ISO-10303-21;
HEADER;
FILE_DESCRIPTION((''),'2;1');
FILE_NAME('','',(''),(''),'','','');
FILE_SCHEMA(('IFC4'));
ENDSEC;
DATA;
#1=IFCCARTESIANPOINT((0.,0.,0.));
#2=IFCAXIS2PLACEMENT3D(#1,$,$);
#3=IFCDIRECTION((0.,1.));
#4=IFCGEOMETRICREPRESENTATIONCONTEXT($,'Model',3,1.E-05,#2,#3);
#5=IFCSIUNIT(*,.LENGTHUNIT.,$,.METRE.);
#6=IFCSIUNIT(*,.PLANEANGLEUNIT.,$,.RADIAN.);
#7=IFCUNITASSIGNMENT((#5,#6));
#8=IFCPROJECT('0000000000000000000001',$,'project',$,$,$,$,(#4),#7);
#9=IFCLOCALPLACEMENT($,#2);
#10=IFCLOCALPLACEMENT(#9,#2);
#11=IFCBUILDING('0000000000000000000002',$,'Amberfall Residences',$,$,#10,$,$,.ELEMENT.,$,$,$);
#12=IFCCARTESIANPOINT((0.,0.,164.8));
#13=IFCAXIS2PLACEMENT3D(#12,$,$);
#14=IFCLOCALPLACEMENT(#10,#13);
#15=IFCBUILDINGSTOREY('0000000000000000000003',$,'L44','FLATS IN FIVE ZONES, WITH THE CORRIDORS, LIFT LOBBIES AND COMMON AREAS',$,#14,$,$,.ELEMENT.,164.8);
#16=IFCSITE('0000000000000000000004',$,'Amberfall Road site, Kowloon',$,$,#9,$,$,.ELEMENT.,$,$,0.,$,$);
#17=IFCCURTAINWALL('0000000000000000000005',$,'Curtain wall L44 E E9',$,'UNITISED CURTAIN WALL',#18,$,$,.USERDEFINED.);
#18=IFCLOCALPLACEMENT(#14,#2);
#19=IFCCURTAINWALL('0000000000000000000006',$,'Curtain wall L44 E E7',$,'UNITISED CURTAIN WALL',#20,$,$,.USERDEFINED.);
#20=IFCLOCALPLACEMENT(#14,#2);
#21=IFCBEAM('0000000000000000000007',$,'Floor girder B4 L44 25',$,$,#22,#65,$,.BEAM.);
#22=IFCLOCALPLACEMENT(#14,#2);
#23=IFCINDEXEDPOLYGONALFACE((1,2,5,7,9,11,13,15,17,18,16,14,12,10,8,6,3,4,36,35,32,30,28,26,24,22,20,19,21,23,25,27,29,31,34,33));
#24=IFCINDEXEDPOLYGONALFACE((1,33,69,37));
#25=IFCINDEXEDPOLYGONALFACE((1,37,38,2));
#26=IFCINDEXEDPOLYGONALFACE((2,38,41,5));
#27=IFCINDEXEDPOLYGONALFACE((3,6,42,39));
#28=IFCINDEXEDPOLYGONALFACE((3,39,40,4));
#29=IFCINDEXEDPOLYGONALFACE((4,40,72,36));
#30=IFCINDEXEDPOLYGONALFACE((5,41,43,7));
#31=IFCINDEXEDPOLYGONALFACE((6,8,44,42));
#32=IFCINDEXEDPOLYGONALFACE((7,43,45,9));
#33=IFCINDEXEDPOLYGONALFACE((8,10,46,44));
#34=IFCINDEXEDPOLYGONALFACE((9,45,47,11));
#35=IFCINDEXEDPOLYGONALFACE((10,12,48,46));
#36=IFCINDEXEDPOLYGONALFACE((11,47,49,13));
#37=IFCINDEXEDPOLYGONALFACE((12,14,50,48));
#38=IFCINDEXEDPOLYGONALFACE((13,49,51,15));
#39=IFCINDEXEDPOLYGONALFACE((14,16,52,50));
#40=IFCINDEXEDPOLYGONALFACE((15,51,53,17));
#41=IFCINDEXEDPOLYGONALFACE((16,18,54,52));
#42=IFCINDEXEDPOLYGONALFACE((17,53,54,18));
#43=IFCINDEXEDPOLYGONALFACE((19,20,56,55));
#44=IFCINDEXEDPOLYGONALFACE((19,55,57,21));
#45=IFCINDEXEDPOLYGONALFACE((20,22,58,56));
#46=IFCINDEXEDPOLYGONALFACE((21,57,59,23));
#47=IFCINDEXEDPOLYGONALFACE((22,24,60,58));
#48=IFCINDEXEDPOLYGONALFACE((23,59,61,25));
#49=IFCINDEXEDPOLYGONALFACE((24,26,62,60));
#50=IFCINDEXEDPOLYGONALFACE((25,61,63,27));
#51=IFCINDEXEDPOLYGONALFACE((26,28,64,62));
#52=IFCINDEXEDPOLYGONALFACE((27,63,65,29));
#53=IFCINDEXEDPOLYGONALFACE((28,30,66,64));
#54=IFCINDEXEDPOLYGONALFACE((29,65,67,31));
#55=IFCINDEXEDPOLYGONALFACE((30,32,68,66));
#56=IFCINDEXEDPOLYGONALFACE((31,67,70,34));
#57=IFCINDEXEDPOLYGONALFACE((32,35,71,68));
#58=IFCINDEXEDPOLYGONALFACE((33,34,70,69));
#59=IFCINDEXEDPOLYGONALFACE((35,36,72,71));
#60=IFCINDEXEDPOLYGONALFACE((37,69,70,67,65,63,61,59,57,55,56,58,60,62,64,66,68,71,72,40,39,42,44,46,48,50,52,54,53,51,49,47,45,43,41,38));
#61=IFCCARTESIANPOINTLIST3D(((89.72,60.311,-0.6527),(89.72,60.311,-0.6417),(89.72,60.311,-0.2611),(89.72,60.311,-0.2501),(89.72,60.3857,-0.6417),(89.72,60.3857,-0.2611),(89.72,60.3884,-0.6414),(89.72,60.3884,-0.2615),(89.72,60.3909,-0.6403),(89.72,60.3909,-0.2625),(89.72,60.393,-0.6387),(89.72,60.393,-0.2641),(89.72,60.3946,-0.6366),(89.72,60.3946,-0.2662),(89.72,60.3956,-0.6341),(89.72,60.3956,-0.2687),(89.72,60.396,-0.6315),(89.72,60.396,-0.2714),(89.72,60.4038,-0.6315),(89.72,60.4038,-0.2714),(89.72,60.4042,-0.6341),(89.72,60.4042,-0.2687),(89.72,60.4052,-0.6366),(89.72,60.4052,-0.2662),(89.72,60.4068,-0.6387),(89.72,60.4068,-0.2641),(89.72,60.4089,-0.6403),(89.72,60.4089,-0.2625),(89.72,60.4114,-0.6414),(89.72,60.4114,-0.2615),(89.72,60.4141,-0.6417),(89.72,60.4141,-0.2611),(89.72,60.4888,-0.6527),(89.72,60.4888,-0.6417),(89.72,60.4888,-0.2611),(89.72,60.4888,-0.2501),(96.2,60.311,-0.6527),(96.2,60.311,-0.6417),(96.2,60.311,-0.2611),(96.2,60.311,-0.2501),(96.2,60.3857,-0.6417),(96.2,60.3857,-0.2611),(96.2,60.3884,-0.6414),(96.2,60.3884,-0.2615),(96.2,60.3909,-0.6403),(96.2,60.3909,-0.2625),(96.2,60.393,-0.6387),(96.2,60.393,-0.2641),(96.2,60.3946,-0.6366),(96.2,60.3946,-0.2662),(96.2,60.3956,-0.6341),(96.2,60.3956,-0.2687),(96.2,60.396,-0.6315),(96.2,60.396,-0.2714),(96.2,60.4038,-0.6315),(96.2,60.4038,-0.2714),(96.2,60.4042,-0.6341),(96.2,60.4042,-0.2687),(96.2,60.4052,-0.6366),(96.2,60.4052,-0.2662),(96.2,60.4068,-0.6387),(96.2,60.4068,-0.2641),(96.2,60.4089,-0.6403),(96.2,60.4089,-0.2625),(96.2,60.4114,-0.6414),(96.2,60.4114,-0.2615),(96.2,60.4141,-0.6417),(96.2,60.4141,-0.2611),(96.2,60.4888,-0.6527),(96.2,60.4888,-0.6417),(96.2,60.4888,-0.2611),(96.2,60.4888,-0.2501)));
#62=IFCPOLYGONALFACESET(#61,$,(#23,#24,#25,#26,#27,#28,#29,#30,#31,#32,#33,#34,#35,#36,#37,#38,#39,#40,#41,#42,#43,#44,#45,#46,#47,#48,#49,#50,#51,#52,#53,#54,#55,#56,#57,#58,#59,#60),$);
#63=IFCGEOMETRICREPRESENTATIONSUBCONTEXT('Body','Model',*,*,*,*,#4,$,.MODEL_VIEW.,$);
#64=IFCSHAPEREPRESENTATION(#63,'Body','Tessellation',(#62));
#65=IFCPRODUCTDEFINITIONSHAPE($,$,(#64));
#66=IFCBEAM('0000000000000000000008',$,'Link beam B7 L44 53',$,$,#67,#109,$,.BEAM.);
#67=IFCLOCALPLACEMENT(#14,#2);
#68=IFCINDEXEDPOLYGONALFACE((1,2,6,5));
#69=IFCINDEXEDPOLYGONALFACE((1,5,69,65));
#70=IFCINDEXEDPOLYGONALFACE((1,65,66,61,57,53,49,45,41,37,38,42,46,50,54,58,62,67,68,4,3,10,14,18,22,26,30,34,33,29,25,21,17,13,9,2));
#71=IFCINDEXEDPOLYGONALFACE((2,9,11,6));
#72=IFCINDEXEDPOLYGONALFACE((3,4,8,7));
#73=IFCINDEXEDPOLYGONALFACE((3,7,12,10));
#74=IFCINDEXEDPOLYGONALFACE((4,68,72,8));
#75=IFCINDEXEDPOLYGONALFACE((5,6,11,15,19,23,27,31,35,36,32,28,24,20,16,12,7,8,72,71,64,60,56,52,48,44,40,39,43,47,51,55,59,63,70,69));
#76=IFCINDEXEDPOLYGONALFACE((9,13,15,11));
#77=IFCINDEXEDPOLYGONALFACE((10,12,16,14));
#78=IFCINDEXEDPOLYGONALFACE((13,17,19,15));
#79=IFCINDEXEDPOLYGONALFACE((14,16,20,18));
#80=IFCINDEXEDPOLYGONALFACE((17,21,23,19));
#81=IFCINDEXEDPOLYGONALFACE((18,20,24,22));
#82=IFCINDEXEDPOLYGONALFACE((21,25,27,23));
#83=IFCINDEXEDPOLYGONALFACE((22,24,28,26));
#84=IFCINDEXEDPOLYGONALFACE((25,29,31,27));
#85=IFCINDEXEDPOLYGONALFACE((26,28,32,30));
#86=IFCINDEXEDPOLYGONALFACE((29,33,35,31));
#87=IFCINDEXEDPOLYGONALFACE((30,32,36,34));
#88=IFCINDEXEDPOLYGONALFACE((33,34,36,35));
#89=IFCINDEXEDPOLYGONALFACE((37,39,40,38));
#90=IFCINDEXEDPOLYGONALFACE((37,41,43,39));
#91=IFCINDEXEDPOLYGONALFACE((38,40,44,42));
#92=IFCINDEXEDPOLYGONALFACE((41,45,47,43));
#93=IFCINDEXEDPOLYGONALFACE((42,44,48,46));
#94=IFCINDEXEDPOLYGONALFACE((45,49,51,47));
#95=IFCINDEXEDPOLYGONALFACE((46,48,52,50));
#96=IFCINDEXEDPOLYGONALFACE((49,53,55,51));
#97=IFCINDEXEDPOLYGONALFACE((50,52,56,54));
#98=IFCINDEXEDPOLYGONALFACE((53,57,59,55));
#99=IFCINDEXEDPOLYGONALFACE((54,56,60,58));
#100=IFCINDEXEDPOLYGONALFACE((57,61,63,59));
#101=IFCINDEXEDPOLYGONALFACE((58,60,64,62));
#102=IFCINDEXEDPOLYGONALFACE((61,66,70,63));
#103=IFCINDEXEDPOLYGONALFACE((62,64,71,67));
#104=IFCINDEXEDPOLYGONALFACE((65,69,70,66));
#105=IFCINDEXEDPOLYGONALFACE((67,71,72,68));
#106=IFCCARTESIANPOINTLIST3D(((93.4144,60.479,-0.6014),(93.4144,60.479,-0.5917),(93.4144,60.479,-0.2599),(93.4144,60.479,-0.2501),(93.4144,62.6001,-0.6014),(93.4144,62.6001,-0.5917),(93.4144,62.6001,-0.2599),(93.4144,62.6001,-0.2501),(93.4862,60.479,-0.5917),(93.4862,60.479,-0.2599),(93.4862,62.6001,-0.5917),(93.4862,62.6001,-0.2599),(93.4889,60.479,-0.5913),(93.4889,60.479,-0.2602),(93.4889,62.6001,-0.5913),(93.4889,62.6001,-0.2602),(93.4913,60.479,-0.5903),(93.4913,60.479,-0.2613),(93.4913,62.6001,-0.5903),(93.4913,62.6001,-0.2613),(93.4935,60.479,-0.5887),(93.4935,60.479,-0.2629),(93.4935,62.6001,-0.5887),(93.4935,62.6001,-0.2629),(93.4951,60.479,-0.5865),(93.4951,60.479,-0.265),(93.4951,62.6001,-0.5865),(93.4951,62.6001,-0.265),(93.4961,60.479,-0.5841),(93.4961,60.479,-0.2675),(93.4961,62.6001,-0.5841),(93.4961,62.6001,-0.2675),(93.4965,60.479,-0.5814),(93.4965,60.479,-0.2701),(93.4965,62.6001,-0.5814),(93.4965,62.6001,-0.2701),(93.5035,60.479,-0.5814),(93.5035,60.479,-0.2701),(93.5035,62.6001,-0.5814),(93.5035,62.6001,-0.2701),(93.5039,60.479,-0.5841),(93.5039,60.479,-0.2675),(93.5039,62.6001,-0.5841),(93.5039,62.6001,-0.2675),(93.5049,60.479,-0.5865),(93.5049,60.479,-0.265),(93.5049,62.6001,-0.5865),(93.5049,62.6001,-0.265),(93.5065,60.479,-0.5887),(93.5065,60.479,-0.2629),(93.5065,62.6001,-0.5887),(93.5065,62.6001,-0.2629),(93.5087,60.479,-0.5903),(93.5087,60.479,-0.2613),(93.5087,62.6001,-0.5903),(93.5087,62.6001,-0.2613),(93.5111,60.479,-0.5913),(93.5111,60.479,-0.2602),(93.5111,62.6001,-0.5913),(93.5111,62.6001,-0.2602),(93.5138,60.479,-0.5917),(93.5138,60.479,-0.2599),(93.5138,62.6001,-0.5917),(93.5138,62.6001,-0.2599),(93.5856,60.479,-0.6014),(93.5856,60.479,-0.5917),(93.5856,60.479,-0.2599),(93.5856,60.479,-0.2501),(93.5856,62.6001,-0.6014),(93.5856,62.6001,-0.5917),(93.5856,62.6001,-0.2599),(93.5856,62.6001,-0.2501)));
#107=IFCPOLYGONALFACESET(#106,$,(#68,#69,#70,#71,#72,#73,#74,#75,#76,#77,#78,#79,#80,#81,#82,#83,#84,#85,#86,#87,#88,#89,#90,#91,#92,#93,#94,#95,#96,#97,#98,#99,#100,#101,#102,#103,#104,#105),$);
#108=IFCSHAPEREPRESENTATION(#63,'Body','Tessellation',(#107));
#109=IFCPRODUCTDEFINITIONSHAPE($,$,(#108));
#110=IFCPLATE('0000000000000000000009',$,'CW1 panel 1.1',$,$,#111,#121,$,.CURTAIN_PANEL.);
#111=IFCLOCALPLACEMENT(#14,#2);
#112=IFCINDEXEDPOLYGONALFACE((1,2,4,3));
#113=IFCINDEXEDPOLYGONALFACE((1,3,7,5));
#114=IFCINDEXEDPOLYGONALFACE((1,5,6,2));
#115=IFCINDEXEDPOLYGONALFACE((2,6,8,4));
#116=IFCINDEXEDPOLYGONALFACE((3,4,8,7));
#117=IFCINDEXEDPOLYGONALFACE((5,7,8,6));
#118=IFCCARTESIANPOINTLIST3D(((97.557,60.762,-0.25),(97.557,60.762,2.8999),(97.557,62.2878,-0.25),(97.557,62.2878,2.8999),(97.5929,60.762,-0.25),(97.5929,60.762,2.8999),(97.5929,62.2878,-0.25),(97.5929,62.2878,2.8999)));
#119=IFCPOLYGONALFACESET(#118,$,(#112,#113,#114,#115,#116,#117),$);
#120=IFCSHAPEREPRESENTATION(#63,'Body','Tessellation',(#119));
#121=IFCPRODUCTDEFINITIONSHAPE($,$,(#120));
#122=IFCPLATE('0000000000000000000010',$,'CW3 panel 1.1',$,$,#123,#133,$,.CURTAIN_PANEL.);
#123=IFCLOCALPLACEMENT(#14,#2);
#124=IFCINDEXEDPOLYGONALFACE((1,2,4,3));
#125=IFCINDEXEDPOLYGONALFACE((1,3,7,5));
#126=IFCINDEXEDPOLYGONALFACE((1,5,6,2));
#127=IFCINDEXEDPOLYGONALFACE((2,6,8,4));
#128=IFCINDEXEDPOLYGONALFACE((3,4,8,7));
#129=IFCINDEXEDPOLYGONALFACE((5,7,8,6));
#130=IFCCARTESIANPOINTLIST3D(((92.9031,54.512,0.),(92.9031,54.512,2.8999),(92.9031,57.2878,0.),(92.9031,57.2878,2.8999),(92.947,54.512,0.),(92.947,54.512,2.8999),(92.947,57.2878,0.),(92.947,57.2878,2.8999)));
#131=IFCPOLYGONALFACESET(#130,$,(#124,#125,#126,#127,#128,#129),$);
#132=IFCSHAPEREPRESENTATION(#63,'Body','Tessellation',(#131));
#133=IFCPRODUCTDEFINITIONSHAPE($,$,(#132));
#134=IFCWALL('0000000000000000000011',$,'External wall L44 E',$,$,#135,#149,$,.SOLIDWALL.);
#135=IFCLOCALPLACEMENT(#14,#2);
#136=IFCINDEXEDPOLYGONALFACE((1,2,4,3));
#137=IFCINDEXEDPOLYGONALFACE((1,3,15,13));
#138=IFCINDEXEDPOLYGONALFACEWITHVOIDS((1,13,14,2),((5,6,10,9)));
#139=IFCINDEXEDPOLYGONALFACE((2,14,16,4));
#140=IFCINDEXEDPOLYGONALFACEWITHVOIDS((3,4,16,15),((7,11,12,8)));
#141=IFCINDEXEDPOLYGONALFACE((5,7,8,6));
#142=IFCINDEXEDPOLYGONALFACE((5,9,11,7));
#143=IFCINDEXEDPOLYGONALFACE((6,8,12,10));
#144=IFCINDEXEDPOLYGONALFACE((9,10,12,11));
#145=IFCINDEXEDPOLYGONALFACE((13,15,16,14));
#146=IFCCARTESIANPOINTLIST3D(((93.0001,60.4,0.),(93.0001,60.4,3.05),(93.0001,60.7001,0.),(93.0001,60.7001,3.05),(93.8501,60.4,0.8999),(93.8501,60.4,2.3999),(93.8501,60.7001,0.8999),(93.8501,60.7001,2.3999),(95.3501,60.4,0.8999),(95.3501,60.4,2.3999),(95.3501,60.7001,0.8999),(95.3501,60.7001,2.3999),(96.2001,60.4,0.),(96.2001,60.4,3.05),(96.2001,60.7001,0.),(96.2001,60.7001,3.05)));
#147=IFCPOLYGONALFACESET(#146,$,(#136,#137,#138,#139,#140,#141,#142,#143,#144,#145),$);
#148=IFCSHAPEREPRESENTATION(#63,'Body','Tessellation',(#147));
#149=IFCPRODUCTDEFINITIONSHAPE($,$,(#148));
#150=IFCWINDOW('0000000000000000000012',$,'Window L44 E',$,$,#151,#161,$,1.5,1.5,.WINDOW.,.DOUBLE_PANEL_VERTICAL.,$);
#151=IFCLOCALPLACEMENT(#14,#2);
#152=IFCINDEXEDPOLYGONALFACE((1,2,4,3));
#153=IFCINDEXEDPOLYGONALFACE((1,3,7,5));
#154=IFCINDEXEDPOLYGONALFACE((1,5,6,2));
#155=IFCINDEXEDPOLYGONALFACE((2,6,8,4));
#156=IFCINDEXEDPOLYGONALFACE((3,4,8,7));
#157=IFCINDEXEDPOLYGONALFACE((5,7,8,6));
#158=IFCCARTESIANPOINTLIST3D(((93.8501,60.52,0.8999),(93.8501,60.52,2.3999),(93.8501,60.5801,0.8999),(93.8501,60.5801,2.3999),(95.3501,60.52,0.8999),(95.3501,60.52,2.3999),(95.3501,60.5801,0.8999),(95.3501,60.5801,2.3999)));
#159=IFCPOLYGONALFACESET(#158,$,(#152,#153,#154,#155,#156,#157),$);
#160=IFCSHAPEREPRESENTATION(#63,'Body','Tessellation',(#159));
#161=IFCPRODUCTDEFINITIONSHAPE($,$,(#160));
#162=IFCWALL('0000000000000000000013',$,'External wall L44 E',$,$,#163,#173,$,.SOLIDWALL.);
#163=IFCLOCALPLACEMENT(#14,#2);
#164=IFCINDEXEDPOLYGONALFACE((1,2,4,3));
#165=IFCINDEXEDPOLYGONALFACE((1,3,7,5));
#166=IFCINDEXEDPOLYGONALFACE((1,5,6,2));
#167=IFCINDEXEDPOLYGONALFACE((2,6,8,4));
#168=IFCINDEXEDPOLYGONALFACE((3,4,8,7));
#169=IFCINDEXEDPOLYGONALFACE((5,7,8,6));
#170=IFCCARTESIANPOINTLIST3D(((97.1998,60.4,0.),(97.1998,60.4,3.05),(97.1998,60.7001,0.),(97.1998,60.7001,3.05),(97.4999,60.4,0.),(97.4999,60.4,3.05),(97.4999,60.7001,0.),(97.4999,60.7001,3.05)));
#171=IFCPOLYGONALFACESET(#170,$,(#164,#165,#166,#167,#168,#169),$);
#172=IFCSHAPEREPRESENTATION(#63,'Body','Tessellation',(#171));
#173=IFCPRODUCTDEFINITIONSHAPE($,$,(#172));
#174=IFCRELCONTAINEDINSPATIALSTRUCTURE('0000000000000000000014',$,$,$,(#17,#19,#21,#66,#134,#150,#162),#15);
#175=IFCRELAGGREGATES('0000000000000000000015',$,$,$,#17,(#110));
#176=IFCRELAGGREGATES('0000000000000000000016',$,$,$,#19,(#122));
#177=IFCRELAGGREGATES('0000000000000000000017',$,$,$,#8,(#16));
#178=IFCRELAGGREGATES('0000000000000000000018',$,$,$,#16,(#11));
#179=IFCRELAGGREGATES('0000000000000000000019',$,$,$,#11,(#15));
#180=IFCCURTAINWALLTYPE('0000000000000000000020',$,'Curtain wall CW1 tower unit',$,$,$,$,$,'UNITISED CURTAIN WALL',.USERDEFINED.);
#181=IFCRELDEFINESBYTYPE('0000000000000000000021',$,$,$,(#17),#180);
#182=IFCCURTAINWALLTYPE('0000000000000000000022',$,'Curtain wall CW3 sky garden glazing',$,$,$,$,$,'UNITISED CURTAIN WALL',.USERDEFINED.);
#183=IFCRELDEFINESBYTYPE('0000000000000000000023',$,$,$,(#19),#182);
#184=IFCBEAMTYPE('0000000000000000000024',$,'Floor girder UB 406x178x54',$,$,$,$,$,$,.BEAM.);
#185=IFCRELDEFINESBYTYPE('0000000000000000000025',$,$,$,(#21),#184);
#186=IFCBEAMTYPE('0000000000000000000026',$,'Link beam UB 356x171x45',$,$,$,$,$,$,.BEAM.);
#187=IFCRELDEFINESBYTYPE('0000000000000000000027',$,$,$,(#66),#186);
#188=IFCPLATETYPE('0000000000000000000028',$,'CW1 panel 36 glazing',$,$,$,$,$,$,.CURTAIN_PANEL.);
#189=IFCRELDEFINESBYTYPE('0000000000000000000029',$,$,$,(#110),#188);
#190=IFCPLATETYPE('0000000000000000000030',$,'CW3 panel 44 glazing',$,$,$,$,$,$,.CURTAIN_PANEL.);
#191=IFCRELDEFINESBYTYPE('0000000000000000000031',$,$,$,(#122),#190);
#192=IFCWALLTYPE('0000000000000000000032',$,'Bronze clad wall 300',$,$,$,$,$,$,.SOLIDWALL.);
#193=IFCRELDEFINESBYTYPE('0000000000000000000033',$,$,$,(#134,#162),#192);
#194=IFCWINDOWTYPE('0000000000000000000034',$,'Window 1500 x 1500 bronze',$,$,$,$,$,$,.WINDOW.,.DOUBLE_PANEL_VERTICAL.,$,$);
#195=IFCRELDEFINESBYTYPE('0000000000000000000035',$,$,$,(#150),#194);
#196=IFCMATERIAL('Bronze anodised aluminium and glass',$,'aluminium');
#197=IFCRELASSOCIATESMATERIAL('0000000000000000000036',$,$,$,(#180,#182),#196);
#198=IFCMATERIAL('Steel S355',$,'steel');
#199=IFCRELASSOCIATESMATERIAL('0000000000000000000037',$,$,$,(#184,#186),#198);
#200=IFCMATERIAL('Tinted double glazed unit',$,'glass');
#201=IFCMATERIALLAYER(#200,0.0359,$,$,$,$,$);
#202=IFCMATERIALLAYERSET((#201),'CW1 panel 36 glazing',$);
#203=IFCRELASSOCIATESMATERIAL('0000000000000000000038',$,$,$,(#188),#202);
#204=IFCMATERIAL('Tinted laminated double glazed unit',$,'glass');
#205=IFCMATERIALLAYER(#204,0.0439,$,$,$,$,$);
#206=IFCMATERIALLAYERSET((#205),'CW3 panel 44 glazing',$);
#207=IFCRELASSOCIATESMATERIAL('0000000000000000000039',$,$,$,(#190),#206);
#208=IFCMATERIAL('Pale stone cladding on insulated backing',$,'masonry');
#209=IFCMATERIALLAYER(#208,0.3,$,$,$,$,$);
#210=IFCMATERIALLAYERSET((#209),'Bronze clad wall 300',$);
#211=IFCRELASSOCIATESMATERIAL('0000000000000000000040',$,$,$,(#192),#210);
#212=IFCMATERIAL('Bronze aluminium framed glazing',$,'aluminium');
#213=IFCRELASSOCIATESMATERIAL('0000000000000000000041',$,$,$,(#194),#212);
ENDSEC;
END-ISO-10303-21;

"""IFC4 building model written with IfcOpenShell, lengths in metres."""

from ifc_helpers import new_model, si_unit, direction, frame, frame_2d, origin, origin_2d, place, context, subcontext, project, spatial, rectangle, i_section, extrude, material, layer, layer_set, material_profile, profile_set, type_object, element, fill, aggregate, save


model = new_model("IFC4")

# Units and contexts
model_context = context("Model", 3, precision=1e-05, world=origin(), true_north=direction((0.0, 1.0)))
body_context = subcontext(model_context, "Body", "Model", "MODEL_VIEW")
ifc_project = project(units=[si_unit("LENGTHUNIT", "METRE"), si_unit("PLANEANGLEUNIT", "RADIAN")], contexts=[model_context])

# Site, building, storey
site_placement = place(None, origin())
site = spatial("IfcSite", under=ifc_project, at=site_placement, Name="Amberfall Road site, Kowloon", CompositionType="ELEMENT", RefElevation=0.0)
building_placement = place(site_placement, origin())
building = spatial("IfcBuilding", under=site, at=building_placement, Name="Amberfall Residences", CompositionType="ELEMENT")
storey_placement = place(building_placement, frame((0.0, 0.0, 164.8)))
storey = spatial("IfcBuildingStorey", under=building, at=storey_placement, Name="L44", Description="FLATS IN FIVE ZONES, WITH THE CORRIDORS, LIFT LOBBIES AND COMMON AREAS", CompositionType="ELEMENT", Elevation=164.8)

# Curtain wall
ifc_material_1 = material(Name="Bronze anodised aluminium and glass", Category="aluminium")
curtain_wall_type_1 = type_object("IfcCurtainWallType", Name="Curtain wall CW1 tower unit", ElementType="UNITISED CURTAIN WALL", PredefinedType="USERDEFINED", material=ifc_material_1)
curtain_wall_1_placement = place(storey_placement, origin())
curtain_wall_1 = element("IfcCurtainWall", 1, at=curtain_wall_1_placement, inside=storey, type_object=curtain_wall_type_1, Name="Curtain wall L44 E E9", ObjectType="UNITISED CURTAIN WALL", PredefinedType="USERDEFINED")

# Curtain wall
curtain_wall_type_2 = type_object("IfcCurtainWallType", Name="Curtain wall CW3 sky garden glazing", ElementType="UNITISED CURTAIN WALL", PredefinedType="USERDEFINED", material=ifc_material_1)
curtain_wall_2_placement = place(storey_placement, origin())
curtain_wall_2 = element("IfcCurtainWall", 2, at=curtain_wall_2_placement, inside=storey, type_object=curtain_wall_type_2, Name="Curtain wall L44 E E7", ObjectType="UNITISED CURTAIN WALL", PredefinedType="USERDEFINED")

# Shared definitions
ifc_material_2 = material(Name="Steel S355", Category="steel")

# Beams
ifc_material_profile_1 = material_profile(ifc_material_2, i_section(OverallWidth=0.1777, OverallDepth=0.4026, WebThickness=0.0078, FlangeThickness=0.011, FilletRadius=0.0103, at=origin_2d()), Name="UB 406x178x54")
ifc_profile_set_1 = profile_set([ifc_material_profile_1], Name="Steel S355")
beam_type_1 = type_object("IfcBeamType", Name="Floor girder UB 406x178x54", PredefinedType="BEAM", material=ifc_profile_set_1)
beam_1_placement = place(storey_placement, frame((96.2, 60.3999, -0.4514), z_axis=(-1.0, 0.0, 0.0), x_axis=(0.0, -1.0, 0.0)))
element("IfcBeam", 3, at=beam_1_placement, inside=storey, type_object=beam_type_1, Name="Floor girder B4 L44 25", PredefinedType="BEAM", context=body_context, shape_type="SweptSolid", body=[
    extrude(i_section(OverallWidth=0.1777, OverallDepth=0.4026, WebThickness=0.0078, FlangeThickness=0.011, FilletRadius=0.0103, at=origin_2d()), origin(), (0.0, 0.0, 1.0), 6.48),
])
ifc_material_profile_2 = material_profile(ifc_material_2, i_section(OverallWidth=0.1711, OverallDepth=0.3513, WebThickness=0.0071, FlangeThickness=0.0098, FilletRadius=0.0103, at=origin_2d()), Name="UB 356x171x45")
ifc_profile_set_2 = profile_set([ifc_material_profile_2], Name="Steel S355")
beam_type_2 = type_object("IfcBeamType", Name="Link beam UB 356x171x45", PredefinedType="BEAM", material=ifc_profile_set_2)
beam_2_placement = place(storey_placement, frame((93.5, 62.6001, -0.4258), z_axis=(0.0, -1.0, 0.0), x_axis=(1.0, 0.0, 0.0)))
element("IfcBeam", 4, at=beam_2_placement, inside=storey, type_object=beam_type_2, Name="Link beam B7 L44 53", PredefinedType="BEAM", context=body_context, shape_type="SweptSolid", body=[
    extrude(i_section(OverallWidth=0.1711, OverallDepth=0.3513, WebThickness=0.0071, FlangeThickness=0.0098, FilletRadius=0.0103, at=origin_2d()), origin(), (0.0, 0.0, 1.0), 2.1211),
])

# Plates
ifc_material_3 = material(Name="Tinted double glazed unit", Category="glass")
ifc_layer_1 = layer(ifc_material_3, 0.0359)
ifc_layer_set_1 = layer_set([ifc_layer_1], Name="CW1 panel 36 glazing")
plate_type_1 = type_object("IfcPlateType", Name="CW1 panel 36 glazing", PredefinedType="CURTAIN_PANEL", material=ifc_layer_set_1)
plate_1_placement = place(storey_placement, frame((97.575, 61.5249, -0.25), z_axis=(0.0, 0.0, 1.0), x_axis=(0.0, 1.0, 0.0)))
plate_1 = element("IfcPlate", 5, at=plate_1_placement, type_object=plate_type_1, Name="CW1 panel 1.1", PredefinedType="CURTAIN_PANEL", context=body_context, shape_type="SweptSolid", body=[
    extrude(rectangle(XDim=1.5259, YDim=0.0359, at=origin_2d()), origin(), (0.0, 0.0, 1.0), 3.1499),
])
aggregate(curtain_wall_1, [plate_1])
ifc_material_4 = material(Name="Tinted laminated double glazed unit", Category="glass")
ifc_layer_2 = layer(ifc_material_4, 0.0439)
ifc_layer_set_2 = layer_set([ifc_layer_2], Name="CW3 panel 44 glazing")
plate_type_2 = type_object("IfcPlateType", Name="CW3 panel 44 glazing", PredefinedType="CURTAIN_PANEL", material=ifc_layer_set_2)
plate_2_placement = place(storey_placement, frame((92.925, 55.8999, 0.0), z_axis=(0.0, 0.0, 1.0), x_axis=(0.0, 1.0, 0.0)))
plate_2 = element("IfcPlate", 6, at=plate_2_placement, type_object=plate_type_2, Name="CW3 panel 1.1", PredefinedType="CURTAIN_PANEL", context=body_context, shape_type="SweptSolid", body=[
    extrude(rectangle(XDim=2.7759, YDim=0.0439, at=origin_2d()), origin(), (0.0, 0.0, 1.0), 2.8999),
])
aggregate(curtain_wall_2, [plate_2])

# Wall, opening, window
ifc_material_5 = material(Name="Pale stone cladding on insulated backing", Category="masonry")
ifc_layer_3 = layer(ifc_material_5, 0.3)
ifc_layer_set_3 = layer_set([ifc_layer_3], Name="Bronze clad wall 300")
wall_type_1 = type_object("IfcWallType", Name="Bronze clad wall 300", PredefinedType="SOLIDWALL", material=ifc_layer_set_3)
wall_1_placement = place(storey_placement, frame((93.0, 60.55, 0.0), z_axis=(0.0, 0.0, 1.0), x_axis=(1.0, 0.0, 0.0)))
wall_1 = element("IfcWall", 7, at=wall_1_placement, inside=storey, type_object=wall_type_1, Name="External wall L44 E", PredefinedType="SOLIDWALL", context=body_context, shape_type="SweptSolid", body=[
    extrude(rectangle(XDim=3.2, YDim=0.3, at=frame_2d((1.6001, 0.0))), origin(), (0.0, 0.0, 1.0), 3.05),
])
opening_1_placement = place(wall_1_placement, frame((0.8501, 0.0, 0.8999)))
opening_1 = element("IfcOpeningElement", 8, at=opening_1_placement, cuts=wall_1, PredefinedType="OPENING", context=body_context, shape_type="SweptSolid", body=[
    extrude(rectangle(XDim=1.5, YDim=1.5, at=frame_2d((0.75, 0.75))), frame((0.0, 0.1599, 0.0), z_axis=(0.0, -1.0, 0.0), x_axis=(1.0, 0.0, 0.0)), (0.0, 0.0, 1.0), 0.3201),
])
ifc_material_6 = material(Name="Bronze aluminium framed glazing", Category="aluminium")
window_type_1 = type_object("IfcWindowType", Name="Window 1500 x 1500 bronze", PartitioningType="DOUBLE_PANEL_VERTICAL", PredefinedType="WINDOW", material=ifc_material_6)
window_1_placement = place(opening_1_placement, origin())
window_1 = element("IfcWindow", 9, at=window_1_placement, inside=storey, type_object=window_type_1, Name="Window L44 E", OverallHeight=1.5, OverallWidth=1.5, PartitioningType="DOUBLE_PANEL_VERTICAL", PredefinedType="WINDOW", context=body_context, shape_type="SweptSolid", body=[
    extrude(rectangle(XDim=1.5, YDim=1.5, at=frame_2d((0.75, 0.75))), frame((0.0, 0.03, 0.0), z_axis=(0.0, -1.0, 0.0), x_axis=(1.0, 0.0, 0.0)), (0.0, 0.0, 1.0), 0.0601),
])
fill(opening_1, window_1)

# Wall
wall_2_placement = place(storey_placement, frame((97.2, 60.55, 0.0), z_axis=(0.0, 0.0, 1.0), x_axis=(1.0, 0.0, 0.0)))
element("IfcWall", 10, at=wall_2_placement, inside=storey, type_object=wall_type_1, Name="External wall L44 E", PredefinedType="SOLIDWALL", context=body_context, shape_type="SweptSolid", body=[
    extrude(rectangle(XDim=0.3, YDim=0.3, at=frame_2d((0.1499, 0.0))), origin(), (0.0, 0.0, 1.0), 3.05),
])

save(model, "model.ifc")
